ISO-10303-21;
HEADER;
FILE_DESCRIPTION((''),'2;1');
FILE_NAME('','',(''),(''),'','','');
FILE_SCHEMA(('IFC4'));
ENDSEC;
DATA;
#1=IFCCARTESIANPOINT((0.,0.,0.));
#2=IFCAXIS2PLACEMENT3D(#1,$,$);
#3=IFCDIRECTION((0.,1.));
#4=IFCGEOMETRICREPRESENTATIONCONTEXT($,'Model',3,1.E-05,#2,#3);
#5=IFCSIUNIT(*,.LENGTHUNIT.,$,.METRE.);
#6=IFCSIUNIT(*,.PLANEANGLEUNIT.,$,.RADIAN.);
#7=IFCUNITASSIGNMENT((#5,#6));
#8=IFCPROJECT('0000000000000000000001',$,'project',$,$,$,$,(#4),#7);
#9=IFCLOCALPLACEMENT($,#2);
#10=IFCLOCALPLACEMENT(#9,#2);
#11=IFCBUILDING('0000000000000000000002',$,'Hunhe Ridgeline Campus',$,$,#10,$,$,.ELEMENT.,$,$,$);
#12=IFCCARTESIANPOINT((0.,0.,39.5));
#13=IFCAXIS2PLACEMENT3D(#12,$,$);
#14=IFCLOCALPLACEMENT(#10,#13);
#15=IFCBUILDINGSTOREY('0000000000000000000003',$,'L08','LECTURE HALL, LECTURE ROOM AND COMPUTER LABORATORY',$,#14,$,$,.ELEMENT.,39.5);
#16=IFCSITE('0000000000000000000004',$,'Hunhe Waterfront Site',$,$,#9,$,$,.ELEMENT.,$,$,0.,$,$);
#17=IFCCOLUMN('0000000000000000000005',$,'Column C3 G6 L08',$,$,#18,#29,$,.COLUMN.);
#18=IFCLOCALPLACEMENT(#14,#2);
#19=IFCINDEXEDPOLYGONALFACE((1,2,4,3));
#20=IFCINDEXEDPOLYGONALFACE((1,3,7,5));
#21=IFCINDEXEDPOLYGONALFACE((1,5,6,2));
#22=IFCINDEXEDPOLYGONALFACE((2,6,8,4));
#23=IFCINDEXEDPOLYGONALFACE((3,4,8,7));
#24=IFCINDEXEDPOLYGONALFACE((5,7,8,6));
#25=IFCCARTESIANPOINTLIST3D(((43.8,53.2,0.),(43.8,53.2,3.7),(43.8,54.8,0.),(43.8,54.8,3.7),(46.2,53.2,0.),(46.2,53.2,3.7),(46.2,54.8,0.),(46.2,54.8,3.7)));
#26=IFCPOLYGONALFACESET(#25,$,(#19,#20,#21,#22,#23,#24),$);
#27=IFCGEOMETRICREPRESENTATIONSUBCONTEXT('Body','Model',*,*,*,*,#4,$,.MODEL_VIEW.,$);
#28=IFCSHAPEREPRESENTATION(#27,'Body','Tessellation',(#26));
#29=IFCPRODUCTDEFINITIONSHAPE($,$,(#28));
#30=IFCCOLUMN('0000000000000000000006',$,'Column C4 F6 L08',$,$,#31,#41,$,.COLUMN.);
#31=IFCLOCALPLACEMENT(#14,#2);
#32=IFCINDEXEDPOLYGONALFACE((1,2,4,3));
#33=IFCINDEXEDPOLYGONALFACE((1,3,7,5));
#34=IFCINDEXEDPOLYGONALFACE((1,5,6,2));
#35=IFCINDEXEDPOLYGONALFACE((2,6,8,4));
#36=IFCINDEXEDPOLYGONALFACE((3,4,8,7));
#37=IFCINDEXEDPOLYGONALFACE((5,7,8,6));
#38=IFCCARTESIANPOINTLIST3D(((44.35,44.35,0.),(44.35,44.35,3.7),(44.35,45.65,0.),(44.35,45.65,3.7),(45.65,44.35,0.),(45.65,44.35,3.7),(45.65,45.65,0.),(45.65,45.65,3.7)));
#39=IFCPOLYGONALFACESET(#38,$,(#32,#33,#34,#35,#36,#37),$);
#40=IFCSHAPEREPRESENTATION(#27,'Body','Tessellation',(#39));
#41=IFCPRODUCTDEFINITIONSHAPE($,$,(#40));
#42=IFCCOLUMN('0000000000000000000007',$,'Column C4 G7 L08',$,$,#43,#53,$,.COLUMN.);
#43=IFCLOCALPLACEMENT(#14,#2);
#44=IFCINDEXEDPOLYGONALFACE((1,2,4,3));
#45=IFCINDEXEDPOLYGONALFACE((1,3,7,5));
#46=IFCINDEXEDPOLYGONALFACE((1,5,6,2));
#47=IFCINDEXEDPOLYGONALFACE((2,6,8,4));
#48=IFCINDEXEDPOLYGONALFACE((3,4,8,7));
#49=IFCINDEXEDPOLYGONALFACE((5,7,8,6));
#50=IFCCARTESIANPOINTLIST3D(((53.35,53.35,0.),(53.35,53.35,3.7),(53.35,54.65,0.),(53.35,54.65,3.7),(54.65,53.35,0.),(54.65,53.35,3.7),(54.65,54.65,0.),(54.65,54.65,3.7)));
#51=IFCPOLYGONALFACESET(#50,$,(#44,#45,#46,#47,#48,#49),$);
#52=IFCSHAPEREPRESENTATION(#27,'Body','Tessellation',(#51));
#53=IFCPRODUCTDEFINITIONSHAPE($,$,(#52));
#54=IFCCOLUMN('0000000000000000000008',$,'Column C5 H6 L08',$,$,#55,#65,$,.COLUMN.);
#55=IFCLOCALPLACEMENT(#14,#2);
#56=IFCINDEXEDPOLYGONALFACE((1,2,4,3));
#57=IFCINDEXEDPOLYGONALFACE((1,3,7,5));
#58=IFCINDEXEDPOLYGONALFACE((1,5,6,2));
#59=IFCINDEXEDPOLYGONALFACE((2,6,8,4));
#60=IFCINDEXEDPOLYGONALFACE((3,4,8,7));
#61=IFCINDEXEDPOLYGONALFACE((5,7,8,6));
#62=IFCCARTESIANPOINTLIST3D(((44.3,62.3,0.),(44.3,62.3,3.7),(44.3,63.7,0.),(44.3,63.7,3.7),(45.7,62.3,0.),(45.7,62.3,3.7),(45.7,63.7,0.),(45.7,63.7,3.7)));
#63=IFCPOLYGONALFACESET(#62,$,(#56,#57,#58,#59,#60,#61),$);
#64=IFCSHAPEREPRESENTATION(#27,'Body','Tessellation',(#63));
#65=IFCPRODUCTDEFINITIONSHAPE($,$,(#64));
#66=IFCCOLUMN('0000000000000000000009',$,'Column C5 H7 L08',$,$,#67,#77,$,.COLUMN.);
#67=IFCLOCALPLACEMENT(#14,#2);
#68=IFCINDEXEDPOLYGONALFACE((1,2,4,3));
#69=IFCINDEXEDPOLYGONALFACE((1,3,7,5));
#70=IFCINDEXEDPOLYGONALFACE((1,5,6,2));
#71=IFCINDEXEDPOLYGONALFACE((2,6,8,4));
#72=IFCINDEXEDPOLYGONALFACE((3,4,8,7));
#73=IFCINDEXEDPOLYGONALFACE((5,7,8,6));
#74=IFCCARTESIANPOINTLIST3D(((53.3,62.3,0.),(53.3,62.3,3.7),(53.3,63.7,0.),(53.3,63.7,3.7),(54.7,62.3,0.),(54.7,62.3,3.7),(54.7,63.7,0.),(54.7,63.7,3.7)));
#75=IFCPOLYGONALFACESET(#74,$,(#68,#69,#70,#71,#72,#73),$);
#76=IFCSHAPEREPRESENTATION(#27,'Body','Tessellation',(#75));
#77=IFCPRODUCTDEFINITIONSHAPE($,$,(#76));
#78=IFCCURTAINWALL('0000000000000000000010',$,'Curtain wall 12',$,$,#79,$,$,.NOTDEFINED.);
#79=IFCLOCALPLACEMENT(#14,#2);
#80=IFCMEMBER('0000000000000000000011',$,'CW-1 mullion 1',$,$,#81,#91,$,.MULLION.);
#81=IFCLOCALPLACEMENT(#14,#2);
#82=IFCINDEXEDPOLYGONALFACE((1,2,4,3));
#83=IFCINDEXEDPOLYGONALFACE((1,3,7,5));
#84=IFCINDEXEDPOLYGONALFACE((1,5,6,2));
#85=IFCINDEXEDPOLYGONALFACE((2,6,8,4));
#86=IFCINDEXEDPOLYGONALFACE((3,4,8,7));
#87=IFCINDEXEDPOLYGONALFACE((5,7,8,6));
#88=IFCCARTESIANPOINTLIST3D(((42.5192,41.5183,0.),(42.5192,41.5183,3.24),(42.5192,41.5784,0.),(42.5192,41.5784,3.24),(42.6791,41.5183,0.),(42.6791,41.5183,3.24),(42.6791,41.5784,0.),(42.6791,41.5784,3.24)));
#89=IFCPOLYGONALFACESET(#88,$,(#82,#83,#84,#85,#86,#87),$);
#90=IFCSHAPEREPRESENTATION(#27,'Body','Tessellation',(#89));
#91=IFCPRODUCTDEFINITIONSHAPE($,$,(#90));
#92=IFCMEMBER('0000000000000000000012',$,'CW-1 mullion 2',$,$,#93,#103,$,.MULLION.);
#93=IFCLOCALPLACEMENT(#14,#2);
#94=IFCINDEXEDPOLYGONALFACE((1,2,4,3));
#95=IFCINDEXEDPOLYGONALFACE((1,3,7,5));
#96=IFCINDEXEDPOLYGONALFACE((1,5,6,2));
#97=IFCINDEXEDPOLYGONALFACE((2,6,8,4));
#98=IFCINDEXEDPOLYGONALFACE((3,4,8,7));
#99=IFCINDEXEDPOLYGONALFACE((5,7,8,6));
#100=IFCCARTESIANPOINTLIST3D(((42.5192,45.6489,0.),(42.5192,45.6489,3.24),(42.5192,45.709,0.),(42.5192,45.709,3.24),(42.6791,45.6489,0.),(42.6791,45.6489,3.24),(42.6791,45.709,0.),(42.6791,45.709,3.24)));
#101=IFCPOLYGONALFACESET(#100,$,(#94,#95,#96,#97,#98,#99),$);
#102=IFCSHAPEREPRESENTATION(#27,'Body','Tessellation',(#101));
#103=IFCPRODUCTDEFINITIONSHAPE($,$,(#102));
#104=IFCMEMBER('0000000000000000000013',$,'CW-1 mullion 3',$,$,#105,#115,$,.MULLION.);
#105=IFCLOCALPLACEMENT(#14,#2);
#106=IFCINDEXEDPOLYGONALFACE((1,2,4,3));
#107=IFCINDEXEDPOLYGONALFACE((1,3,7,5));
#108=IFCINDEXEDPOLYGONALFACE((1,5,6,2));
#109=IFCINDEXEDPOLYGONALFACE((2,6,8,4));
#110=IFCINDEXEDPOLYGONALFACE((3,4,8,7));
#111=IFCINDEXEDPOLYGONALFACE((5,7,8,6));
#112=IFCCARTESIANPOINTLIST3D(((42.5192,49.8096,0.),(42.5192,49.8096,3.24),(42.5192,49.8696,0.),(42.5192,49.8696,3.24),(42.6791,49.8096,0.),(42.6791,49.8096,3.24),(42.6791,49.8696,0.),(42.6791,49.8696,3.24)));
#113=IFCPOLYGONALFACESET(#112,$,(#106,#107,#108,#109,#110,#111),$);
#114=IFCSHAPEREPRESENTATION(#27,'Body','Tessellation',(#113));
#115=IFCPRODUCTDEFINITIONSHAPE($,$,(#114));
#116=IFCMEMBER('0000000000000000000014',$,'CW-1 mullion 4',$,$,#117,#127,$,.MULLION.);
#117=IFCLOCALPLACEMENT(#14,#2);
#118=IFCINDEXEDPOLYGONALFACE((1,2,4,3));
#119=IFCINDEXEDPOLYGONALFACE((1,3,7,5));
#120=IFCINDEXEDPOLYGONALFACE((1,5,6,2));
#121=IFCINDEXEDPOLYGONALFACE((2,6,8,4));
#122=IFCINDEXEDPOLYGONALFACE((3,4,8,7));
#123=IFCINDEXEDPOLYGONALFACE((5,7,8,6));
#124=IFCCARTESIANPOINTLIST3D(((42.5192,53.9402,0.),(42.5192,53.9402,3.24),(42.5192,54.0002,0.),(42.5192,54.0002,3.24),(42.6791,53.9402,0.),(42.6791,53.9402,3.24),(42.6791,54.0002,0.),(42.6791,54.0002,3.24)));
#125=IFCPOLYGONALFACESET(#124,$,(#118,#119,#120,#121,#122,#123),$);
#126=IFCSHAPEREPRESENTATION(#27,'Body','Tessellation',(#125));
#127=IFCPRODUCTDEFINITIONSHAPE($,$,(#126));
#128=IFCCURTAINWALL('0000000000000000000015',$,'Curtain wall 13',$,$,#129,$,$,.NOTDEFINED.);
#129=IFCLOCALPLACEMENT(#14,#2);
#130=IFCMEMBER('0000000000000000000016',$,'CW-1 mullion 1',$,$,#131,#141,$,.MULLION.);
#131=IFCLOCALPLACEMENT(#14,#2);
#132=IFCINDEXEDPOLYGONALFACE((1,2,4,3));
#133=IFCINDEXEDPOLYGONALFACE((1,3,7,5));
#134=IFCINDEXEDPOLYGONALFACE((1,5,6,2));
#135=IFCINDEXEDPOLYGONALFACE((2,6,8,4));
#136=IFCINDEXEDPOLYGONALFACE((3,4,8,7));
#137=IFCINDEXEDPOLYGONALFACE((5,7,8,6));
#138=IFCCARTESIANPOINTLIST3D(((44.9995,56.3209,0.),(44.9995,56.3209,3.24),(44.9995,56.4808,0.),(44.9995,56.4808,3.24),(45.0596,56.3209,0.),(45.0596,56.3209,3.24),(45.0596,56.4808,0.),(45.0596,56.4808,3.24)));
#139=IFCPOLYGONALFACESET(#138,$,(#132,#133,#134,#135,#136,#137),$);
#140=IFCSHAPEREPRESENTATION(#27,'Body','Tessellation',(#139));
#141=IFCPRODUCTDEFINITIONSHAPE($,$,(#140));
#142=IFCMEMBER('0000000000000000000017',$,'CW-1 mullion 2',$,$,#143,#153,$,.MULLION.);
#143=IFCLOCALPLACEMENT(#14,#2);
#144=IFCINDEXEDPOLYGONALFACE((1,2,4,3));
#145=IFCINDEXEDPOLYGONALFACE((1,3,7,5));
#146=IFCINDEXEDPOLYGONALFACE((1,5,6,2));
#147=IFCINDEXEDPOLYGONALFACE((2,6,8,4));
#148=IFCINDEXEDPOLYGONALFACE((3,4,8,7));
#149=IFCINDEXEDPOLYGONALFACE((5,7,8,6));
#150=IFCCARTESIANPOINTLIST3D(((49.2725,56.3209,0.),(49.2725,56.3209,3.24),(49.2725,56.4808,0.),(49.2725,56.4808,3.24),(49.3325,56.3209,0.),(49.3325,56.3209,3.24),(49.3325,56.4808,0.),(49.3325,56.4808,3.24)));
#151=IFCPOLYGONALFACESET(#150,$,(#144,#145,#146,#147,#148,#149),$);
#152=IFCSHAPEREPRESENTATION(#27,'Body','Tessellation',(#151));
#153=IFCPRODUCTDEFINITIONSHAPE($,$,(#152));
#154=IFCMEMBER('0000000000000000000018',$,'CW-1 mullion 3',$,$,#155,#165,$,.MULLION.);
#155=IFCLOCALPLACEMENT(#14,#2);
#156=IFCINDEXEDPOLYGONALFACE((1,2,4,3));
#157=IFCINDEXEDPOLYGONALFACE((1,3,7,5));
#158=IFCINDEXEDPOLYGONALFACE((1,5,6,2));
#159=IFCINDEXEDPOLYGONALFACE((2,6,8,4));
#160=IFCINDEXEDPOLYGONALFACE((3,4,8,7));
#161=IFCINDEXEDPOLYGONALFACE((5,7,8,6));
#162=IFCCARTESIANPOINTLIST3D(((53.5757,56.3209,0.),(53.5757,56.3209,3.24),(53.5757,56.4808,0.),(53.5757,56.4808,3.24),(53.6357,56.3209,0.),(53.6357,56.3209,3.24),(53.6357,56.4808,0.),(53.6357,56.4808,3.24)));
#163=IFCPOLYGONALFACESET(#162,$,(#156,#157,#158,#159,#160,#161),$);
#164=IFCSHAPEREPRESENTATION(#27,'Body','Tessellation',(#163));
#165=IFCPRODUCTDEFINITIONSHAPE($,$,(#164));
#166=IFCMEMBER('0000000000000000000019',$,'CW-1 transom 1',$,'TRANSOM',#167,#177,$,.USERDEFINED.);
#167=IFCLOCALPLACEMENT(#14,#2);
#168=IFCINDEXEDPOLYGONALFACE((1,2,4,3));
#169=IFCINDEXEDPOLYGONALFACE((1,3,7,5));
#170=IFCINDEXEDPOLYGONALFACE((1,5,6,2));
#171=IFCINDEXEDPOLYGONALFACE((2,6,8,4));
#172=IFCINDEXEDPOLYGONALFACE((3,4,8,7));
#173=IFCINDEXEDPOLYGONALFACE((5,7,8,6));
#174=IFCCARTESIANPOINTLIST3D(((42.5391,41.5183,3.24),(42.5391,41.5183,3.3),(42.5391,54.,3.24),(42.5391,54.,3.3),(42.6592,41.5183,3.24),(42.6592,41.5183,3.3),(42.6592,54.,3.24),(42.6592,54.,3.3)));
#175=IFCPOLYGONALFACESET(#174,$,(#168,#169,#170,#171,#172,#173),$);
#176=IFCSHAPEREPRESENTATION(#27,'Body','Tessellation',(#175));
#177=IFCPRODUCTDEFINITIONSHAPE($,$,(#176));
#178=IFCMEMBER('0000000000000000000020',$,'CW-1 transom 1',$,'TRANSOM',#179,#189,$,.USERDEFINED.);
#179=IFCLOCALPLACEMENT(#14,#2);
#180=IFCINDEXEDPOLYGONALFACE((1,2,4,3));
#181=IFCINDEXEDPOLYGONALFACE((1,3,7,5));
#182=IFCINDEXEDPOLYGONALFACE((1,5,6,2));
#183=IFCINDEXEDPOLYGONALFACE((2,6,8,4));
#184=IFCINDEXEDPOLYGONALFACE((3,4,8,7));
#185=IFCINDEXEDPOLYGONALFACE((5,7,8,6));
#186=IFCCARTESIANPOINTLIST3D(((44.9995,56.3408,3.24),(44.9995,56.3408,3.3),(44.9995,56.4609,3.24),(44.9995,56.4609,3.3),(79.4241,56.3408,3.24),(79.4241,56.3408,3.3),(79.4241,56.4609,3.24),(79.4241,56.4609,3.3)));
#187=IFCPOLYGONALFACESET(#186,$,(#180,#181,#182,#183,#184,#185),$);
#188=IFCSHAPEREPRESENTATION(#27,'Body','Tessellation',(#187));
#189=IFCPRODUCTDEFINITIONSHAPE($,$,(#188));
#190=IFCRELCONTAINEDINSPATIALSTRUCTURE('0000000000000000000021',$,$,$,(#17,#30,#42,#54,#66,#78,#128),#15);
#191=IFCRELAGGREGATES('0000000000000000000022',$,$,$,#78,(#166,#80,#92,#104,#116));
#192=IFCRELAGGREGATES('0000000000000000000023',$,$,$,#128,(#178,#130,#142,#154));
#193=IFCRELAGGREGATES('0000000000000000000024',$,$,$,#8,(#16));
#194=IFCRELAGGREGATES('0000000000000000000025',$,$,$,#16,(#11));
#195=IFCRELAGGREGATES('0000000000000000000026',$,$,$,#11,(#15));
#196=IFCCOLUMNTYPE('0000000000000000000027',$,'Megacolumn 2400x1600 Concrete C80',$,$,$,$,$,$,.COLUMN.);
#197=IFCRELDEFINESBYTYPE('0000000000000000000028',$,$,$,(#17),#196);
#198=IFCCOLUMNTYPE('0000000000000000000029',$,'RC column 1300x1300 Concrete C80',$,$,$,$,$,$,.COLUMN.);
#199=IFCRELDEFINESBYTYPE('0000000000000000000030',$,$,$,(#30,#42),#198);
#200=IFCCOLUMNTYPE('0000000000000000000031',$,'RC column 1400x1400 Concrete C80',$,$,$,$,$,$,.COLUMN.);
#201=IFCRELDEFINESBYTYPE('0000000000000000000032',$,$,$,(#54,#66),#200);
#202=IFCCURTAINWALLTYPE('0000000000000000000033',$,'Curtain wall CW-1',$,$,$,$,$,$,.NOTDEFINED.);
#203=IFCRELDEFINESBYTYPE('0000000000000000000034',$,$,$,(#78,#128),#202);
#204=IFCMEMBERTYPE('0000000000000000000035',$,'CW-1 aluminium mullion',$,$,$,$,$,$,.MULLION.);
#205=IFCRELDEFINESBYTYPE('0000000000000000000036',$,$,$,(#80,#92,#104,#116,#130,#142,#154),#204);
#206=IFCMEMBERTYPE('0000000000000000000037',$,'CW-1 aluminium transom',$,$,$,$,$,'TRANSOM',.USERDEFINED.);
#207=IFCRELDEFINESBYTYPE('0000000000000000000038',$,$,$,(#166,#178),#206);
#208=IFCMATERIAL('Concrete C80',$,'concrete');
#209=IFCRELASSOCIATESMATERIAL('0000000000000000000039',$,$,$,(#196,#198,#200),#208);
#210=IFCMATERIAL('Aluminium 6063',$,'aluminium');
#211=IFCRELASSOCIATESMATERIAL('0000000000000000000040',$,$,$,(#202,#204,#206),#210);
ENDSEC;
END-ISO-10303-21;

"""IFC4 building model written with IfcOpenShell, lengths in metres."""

from ifc_helpers import new_model, si_unit, direction, frame, origin, origin_2d, place, context, subcontext, project, spatial, rectangle, extrude, material, material_profile, profile_set, type_object, element, aggregate, save


model = new_model("IFC4")

# Units and contexts
model_context = context("Model", 3, precision=1e-05, world=origin(), true_north=direction((0.0, 1.0)))
body_context = subcontext(model_context, "Body", "Model", "MODEL_VIEW")
ifc_project = project(units=[si_unit("LENGTHUNIT", "METRE"), si_unit("PLANEANGLEUNIT", "RADIAN")], contexts=[model_context])

# Site, building, storey
site_placement = place(None, origin())
site = spatial("IfcSite", under=ifc_project, at=site_placement, Name="Hunhe Waterfront Site", CompositionType="ELEMENT", RefElevation=0.0)
building_placement = place(site_placement, origin())
building = spatial("IfcBuilding", under=site, at=building_placement, Name="Hunhe Ridgeline Campus", CompositionType="ELEMENT")
storey_placement = place(building_placement, frame((0.0, 0.0, 39.5)))
storey = spatial("IfcBuildingStorey", under=building, at=storey_placement, Name="L08", Description="LECTURE HALL, LECTURE ROOM AND COMPUTER LABORATORY", CompositionType="ELEMENT", Elevation=39.5)

# Columns
ifc_material_1 = material(Name="Concrete C80", Category="concrete")
ifc_material_profile_1 = material_profile(ifc_material_1, rectangle(XDim=2.3999, YDim=1.6001, at=origin_2d()))
ifc_profile_set_1 = profile_set([ifc_material_profile_1], Name="Concrete C80")
column_type_1 = type_object("IfcColumnType", Name="Megacolumn 2400x1600 Concrete C80", PredefinedType="COLUMN", material=ifc_profile_set_1)
column_placement = place(storey_placement, frame((45.0, 54.0, 0.0), z_axis=(0.0, 0.0, 1.0), x_axis=(1.0, 0.0, 0.0)))
element("IfcColumn", 1, at=column_placement, inside=storey, type_object=column_type_1, Name="Column C3 G6 L08", PredefinedType="COLUMN", context=body_context, shape_type="SweptSolid", body=[
    extrude(rectangle(XDim=2.3999, YDim=1.6001, at=origin_2d()), origin(), (0.0, 0.0, 1.0), 3.7),
])
ifc_material_profile_2 = material_profile(ifc_material_1, rectangle(XDim=1.3, YDim=1.3, at=origin_2d()))
ifc_profile_set_2 = profile_set([ifc_material_profile_2], Name="Concrete C80")
column_type_2 = type_object("IfcColumnType", Name="RC column 1300x1300 Concrete C80", PredefinedType="COLUMN", material=ifc_profile_set_2)
for number, where, z_axis, x_axis, name in (
    (2, (45.0, 45.0, 0.0), (0.0, 0.0, 1.0), (1.0, 0.0, 0.0), "Column C4 F6 L08"),
    (3, (54.0, 54.0, 0.0), (0.0, 0.0, 1.0), (1.0, 0.0, 0.0), "Column C4 G7 L08"),
):
    element("IfcColumn", number, at=place(storey_placement, frame(where, z_axis=z_axis, x_axis=x_axis)), inside=storey, type_object=column_type_2, Name=name, PredefinedType="COLUMN", context=body_context, shape_type="SweptSolid", body=[
        extrude(rectangle(XDim=1.3, YDim=1.3, at=origin_2d()), origin(), (0.0, 0.0, 1.0), 3.7),
    ])
ifc_material_profile_3 = material_profile(ifc_material_1, rectangle(XDim=1.3999, YDim=1.3999, at=origin_2d()))
ifc_profile_set_3 = profile_set([ifc_material_profile_3], Name="Concrete C80")
column_type_3 = type_object("IfcColumnType", Name="RC column 1400x1400 Concrete C80", PredefinedType="COLUMN", material=ifc_profile_set_3)
for number, where, z_axis, x_axis, name in (
    (4, (45.0, 63.0, 0.0), (0.0, 0.0, 1.0), (1.0, 0.0, 0.0), "Column C5 H6 L08"),
    (5, (54.0, 63.0, 0.0), (0.0, 0.0, 1.0), (1.0, 0.0, 0.0), "Column C5 H7 L08"),
):
    element("IfcColumn", number, at=place(storey_placement, frame(where, z_axis=z_axis, x_axis=x_axis)), inside=storey, type_object=column_type_3, Name=name, PredefinedType="COLUMN", context=body_context, shape_type="SweptSolid", body=[
        extrude(rectangle(XDim=1.3999, YDim=1.3999, at=origin_2d()), origin(), (0.0, 0.0, 1.0), 3.7),
    ])

# Curtain walls, members
ifc_material_2 = material(Name="Aluminium 6063", Category="aluminium")
curtain_wall_type = type_object("IfcCurtainWallType", Name="Curtain wall CW-1", PredefinedType="NOTDEFINED", material=ifc_material_2)
curtain_wall_1_placement = place(storey_placement, origin())
curtain_wall_1 = element("IfcCurtainWall", 6, at=curtain_wall_1_placement, inside=storey, type_object=curtain_wall_type, Name="Curtain wall 12", PredefinedType="NOTDEFINED")
ifc_material_profile_4 = material_profile(ifc_material_2, rectangle(XDim=0.1599, YDim=0.0601, at=origin_2d()))
ifc_profile_set_4 = profile_set([ifc_material_profile_4], Name="Aluminium 6063")
member_type_1 = type_object("IfcMemberType", Name="CW-1 aluminium mullion", PredefinedType="MULLION", material=ifc_profile_set_4)
member_1_placement = place(storey_placement, frame((42.5991, 41.5483, 0.0), z_axis=(0.0, 0.0, 1.0), x_axis=(-1.0, 0.0, 0.0)))
member_1 = element("IfcMember", 7, at=member_1_placement, type_object=member_type_1, Name="CW-1 mullion 1", PredefinedType="MULLION", context=body_context, shape_type="SweptSolid", body=[
    extrude(rectangle(XDim=0.1599, YDim=0.0601, at=origin_2d()), origin(), (0.0, 0.0, 1.0), 3.24),
])
member_2_placement = place(storey_placement, frame((42.5991, 45.679, 0.0), z_axis=(0.0, 0.0, 1.0), x_axis=(-1.0, 0.0, 0.0)))
member_2 = element("IfcMember", 8, at=member_2_placement, type_object=member_type_1, Name="CW-1 mullion 2", PredefinedType="MULLION", context=body_context, shape_type="SweptSolid", body=[
    extrude(rectangle(XDim=0.1599, YDim=0.0601, at=origin_2d()), origin(), (0.0, 0.0, 1.0), 3.24),
])
member_3_placement = place(storey_placement, frame((42.5991, 49.8396, 0.0), z_axis=(0.0, 0.0, 1.0), x_axis=(-1.0, 0.0, 0.0)))
member_3 = element("IfcMember", 9, at=member_3_placement, type_object=member_type_1, Name="CW-1 mullion 3", PredefinedType="MULLION", context=body_context, shape_type="SweptSolid", body=[
    extrude(rectangle(XDim=0.1599, YDim=0.0601, at=origin_2d()), origin(), (0.0, 0.0, 1.0), 3.24),
])
member_4_placement = place(storey_placement, frame((42.5991, 53.9702, 0.0), z_axis=(0.0, 0.0, 1.0), x_axis=(-1.0, 0.0, 0.0)))
member_4 = element("IfcMember", 10, at=member_4_placement, type_object=member_type_1, Name="CW-1 mullion 4", PredefinedType="MULLION", context=body_context, shape_type="SweptSolid", body=[
    extrude(rectangle(XDim=0.1599, YDim=0.0601, at=origin_2d()), origin(), (0.0, 0.0, 1.0), 3.24),
])
curtain_wall_2_placement = place(storey_placement, origin())
curtain_wall_2 = element("IfcCurtainWall", 11, at=curtain_wall_2_placement, inside=storey, type_object=curtain_wall_type, Name="Curtain wall 13", PredefinedType="NOTDEFINED")
member_5_placement = place(storey_placement, frame((45.0295, 56.4009, 0.0), z_axis=(0.0, 0.0, 1.0), x_axis=(-0.000004, 1.0, 0.0)))
member_5 = element("IfcMember", 12, at=member_5_placement, type_object=member_type_1, Name="CW-1 mullion 1", PredefinedType="MULLION", context=body_context, shape_type="SweptSolid", body=[
    extrude(rectangle(XDim=0.1599, YDim=0.0601, at=origin_2d()), origin(), (0.0, 0.0, 1.0), 3.24),
])
member_6_placement = place(storey_placement, frame((49.3025, 56.4009, 0.0), z_axis=(0.0, 0.0, 1.0), x_axis=(-0.000004, 1.0, 0.0)))
member_6 = element("IfcMember", 13, at=member_6_placement, type_object=member_type_1, Name="CW-1 mullion 2", PredefinedType="MULLION", context=body_context, shape_type="SweptSolid", body=[
    extrude(rectangle(XDim=0.1599, YDim=0.0601, at=origin_2d()), origin(), (0.0, 0.0, 1.0), 3.24),
])
member_7_placement = place(storey_placement, frame((53.6057, 56.4009, 0.0), z_axis=(0.0, 0.0, 1.0), x_axis=(-0.000004, 1.0, 0.0)))
member_7 = element("IfcMember", 14, at=member_7_placement, type_object=member_type_1, Name="CW-1 mullion 3", PredefinedType="MULLION", context=body_context, shape_type="SweptSolid", body=[
    extrude(rectangle(XDim=0.1599, YDim=0.0601, at=origin_2d()), origin(), (0.0, 0.0, 1.0), 3.24),
])

# Members
ifc_material_profile_5 = material_profile(ifc_material_2, rectangle(XDim=0.1201, YDim=0.0601, at=origin_2d()))
ifc_profile_set_5 = profile_set([ifc_material_profile_5], Name="Aluminium 6063")
member_type_2 = type_object("IfcMemberType", Name="CW-1 aluminium transom", ElementType="TRANSOM", PredefinedType="USERDEFINED", material=ifc_profile_set_5)
member_8_placement = place(storey_placement, frame((42.5991, 41.5183, 3.27), z_axis=(0.0, 1.0, 0.0), x_axis=(-1.0, 0.0, 0.0)))
member_8 = element("IfcMember", 15, at=member_8_placement, type_object=member_type_2, Name="CW-1 transom 1", ObjectType="TRANSOM", PredefinedType="USERDEFINED", context=body_context, shape_type="SweptSolid", body=[
    extrude(rectangle(XDim=0.1201, YDim=0.0601, at=origin_2d()), origin(), (0.0, 0.0, 1.0), 12.4817),
])
member_9_placement = place(storey_placement, frame((44.9995, 56.4009, 3.27), z_axis=(1.0, 0.0, 0.0), x_axis=(0.0, 1.0, 0.0)))
member_9 = element("IfcMember", 16, at=member_9_placement, type_object=member_type_2, Name="CW-1 transom 1", ObjectType="TRANSOM", PredefinedType="USERDEFINED", context=body_context, shape_type="SweptSolid", body=[
    extrude(rectangle(XDim=0.1201, YDim=0.0601, at=origin_2d()), origin(), (0.0, 0.0, 1.0), 34.4246),
])

aggregate(curtain_wall_1, [member_8, member_1, member_2, member_3, member_4])
aggregate(curtain_wall_2, [member_9, member_5, member_6, member_7])

save(model, "model.ifc")
